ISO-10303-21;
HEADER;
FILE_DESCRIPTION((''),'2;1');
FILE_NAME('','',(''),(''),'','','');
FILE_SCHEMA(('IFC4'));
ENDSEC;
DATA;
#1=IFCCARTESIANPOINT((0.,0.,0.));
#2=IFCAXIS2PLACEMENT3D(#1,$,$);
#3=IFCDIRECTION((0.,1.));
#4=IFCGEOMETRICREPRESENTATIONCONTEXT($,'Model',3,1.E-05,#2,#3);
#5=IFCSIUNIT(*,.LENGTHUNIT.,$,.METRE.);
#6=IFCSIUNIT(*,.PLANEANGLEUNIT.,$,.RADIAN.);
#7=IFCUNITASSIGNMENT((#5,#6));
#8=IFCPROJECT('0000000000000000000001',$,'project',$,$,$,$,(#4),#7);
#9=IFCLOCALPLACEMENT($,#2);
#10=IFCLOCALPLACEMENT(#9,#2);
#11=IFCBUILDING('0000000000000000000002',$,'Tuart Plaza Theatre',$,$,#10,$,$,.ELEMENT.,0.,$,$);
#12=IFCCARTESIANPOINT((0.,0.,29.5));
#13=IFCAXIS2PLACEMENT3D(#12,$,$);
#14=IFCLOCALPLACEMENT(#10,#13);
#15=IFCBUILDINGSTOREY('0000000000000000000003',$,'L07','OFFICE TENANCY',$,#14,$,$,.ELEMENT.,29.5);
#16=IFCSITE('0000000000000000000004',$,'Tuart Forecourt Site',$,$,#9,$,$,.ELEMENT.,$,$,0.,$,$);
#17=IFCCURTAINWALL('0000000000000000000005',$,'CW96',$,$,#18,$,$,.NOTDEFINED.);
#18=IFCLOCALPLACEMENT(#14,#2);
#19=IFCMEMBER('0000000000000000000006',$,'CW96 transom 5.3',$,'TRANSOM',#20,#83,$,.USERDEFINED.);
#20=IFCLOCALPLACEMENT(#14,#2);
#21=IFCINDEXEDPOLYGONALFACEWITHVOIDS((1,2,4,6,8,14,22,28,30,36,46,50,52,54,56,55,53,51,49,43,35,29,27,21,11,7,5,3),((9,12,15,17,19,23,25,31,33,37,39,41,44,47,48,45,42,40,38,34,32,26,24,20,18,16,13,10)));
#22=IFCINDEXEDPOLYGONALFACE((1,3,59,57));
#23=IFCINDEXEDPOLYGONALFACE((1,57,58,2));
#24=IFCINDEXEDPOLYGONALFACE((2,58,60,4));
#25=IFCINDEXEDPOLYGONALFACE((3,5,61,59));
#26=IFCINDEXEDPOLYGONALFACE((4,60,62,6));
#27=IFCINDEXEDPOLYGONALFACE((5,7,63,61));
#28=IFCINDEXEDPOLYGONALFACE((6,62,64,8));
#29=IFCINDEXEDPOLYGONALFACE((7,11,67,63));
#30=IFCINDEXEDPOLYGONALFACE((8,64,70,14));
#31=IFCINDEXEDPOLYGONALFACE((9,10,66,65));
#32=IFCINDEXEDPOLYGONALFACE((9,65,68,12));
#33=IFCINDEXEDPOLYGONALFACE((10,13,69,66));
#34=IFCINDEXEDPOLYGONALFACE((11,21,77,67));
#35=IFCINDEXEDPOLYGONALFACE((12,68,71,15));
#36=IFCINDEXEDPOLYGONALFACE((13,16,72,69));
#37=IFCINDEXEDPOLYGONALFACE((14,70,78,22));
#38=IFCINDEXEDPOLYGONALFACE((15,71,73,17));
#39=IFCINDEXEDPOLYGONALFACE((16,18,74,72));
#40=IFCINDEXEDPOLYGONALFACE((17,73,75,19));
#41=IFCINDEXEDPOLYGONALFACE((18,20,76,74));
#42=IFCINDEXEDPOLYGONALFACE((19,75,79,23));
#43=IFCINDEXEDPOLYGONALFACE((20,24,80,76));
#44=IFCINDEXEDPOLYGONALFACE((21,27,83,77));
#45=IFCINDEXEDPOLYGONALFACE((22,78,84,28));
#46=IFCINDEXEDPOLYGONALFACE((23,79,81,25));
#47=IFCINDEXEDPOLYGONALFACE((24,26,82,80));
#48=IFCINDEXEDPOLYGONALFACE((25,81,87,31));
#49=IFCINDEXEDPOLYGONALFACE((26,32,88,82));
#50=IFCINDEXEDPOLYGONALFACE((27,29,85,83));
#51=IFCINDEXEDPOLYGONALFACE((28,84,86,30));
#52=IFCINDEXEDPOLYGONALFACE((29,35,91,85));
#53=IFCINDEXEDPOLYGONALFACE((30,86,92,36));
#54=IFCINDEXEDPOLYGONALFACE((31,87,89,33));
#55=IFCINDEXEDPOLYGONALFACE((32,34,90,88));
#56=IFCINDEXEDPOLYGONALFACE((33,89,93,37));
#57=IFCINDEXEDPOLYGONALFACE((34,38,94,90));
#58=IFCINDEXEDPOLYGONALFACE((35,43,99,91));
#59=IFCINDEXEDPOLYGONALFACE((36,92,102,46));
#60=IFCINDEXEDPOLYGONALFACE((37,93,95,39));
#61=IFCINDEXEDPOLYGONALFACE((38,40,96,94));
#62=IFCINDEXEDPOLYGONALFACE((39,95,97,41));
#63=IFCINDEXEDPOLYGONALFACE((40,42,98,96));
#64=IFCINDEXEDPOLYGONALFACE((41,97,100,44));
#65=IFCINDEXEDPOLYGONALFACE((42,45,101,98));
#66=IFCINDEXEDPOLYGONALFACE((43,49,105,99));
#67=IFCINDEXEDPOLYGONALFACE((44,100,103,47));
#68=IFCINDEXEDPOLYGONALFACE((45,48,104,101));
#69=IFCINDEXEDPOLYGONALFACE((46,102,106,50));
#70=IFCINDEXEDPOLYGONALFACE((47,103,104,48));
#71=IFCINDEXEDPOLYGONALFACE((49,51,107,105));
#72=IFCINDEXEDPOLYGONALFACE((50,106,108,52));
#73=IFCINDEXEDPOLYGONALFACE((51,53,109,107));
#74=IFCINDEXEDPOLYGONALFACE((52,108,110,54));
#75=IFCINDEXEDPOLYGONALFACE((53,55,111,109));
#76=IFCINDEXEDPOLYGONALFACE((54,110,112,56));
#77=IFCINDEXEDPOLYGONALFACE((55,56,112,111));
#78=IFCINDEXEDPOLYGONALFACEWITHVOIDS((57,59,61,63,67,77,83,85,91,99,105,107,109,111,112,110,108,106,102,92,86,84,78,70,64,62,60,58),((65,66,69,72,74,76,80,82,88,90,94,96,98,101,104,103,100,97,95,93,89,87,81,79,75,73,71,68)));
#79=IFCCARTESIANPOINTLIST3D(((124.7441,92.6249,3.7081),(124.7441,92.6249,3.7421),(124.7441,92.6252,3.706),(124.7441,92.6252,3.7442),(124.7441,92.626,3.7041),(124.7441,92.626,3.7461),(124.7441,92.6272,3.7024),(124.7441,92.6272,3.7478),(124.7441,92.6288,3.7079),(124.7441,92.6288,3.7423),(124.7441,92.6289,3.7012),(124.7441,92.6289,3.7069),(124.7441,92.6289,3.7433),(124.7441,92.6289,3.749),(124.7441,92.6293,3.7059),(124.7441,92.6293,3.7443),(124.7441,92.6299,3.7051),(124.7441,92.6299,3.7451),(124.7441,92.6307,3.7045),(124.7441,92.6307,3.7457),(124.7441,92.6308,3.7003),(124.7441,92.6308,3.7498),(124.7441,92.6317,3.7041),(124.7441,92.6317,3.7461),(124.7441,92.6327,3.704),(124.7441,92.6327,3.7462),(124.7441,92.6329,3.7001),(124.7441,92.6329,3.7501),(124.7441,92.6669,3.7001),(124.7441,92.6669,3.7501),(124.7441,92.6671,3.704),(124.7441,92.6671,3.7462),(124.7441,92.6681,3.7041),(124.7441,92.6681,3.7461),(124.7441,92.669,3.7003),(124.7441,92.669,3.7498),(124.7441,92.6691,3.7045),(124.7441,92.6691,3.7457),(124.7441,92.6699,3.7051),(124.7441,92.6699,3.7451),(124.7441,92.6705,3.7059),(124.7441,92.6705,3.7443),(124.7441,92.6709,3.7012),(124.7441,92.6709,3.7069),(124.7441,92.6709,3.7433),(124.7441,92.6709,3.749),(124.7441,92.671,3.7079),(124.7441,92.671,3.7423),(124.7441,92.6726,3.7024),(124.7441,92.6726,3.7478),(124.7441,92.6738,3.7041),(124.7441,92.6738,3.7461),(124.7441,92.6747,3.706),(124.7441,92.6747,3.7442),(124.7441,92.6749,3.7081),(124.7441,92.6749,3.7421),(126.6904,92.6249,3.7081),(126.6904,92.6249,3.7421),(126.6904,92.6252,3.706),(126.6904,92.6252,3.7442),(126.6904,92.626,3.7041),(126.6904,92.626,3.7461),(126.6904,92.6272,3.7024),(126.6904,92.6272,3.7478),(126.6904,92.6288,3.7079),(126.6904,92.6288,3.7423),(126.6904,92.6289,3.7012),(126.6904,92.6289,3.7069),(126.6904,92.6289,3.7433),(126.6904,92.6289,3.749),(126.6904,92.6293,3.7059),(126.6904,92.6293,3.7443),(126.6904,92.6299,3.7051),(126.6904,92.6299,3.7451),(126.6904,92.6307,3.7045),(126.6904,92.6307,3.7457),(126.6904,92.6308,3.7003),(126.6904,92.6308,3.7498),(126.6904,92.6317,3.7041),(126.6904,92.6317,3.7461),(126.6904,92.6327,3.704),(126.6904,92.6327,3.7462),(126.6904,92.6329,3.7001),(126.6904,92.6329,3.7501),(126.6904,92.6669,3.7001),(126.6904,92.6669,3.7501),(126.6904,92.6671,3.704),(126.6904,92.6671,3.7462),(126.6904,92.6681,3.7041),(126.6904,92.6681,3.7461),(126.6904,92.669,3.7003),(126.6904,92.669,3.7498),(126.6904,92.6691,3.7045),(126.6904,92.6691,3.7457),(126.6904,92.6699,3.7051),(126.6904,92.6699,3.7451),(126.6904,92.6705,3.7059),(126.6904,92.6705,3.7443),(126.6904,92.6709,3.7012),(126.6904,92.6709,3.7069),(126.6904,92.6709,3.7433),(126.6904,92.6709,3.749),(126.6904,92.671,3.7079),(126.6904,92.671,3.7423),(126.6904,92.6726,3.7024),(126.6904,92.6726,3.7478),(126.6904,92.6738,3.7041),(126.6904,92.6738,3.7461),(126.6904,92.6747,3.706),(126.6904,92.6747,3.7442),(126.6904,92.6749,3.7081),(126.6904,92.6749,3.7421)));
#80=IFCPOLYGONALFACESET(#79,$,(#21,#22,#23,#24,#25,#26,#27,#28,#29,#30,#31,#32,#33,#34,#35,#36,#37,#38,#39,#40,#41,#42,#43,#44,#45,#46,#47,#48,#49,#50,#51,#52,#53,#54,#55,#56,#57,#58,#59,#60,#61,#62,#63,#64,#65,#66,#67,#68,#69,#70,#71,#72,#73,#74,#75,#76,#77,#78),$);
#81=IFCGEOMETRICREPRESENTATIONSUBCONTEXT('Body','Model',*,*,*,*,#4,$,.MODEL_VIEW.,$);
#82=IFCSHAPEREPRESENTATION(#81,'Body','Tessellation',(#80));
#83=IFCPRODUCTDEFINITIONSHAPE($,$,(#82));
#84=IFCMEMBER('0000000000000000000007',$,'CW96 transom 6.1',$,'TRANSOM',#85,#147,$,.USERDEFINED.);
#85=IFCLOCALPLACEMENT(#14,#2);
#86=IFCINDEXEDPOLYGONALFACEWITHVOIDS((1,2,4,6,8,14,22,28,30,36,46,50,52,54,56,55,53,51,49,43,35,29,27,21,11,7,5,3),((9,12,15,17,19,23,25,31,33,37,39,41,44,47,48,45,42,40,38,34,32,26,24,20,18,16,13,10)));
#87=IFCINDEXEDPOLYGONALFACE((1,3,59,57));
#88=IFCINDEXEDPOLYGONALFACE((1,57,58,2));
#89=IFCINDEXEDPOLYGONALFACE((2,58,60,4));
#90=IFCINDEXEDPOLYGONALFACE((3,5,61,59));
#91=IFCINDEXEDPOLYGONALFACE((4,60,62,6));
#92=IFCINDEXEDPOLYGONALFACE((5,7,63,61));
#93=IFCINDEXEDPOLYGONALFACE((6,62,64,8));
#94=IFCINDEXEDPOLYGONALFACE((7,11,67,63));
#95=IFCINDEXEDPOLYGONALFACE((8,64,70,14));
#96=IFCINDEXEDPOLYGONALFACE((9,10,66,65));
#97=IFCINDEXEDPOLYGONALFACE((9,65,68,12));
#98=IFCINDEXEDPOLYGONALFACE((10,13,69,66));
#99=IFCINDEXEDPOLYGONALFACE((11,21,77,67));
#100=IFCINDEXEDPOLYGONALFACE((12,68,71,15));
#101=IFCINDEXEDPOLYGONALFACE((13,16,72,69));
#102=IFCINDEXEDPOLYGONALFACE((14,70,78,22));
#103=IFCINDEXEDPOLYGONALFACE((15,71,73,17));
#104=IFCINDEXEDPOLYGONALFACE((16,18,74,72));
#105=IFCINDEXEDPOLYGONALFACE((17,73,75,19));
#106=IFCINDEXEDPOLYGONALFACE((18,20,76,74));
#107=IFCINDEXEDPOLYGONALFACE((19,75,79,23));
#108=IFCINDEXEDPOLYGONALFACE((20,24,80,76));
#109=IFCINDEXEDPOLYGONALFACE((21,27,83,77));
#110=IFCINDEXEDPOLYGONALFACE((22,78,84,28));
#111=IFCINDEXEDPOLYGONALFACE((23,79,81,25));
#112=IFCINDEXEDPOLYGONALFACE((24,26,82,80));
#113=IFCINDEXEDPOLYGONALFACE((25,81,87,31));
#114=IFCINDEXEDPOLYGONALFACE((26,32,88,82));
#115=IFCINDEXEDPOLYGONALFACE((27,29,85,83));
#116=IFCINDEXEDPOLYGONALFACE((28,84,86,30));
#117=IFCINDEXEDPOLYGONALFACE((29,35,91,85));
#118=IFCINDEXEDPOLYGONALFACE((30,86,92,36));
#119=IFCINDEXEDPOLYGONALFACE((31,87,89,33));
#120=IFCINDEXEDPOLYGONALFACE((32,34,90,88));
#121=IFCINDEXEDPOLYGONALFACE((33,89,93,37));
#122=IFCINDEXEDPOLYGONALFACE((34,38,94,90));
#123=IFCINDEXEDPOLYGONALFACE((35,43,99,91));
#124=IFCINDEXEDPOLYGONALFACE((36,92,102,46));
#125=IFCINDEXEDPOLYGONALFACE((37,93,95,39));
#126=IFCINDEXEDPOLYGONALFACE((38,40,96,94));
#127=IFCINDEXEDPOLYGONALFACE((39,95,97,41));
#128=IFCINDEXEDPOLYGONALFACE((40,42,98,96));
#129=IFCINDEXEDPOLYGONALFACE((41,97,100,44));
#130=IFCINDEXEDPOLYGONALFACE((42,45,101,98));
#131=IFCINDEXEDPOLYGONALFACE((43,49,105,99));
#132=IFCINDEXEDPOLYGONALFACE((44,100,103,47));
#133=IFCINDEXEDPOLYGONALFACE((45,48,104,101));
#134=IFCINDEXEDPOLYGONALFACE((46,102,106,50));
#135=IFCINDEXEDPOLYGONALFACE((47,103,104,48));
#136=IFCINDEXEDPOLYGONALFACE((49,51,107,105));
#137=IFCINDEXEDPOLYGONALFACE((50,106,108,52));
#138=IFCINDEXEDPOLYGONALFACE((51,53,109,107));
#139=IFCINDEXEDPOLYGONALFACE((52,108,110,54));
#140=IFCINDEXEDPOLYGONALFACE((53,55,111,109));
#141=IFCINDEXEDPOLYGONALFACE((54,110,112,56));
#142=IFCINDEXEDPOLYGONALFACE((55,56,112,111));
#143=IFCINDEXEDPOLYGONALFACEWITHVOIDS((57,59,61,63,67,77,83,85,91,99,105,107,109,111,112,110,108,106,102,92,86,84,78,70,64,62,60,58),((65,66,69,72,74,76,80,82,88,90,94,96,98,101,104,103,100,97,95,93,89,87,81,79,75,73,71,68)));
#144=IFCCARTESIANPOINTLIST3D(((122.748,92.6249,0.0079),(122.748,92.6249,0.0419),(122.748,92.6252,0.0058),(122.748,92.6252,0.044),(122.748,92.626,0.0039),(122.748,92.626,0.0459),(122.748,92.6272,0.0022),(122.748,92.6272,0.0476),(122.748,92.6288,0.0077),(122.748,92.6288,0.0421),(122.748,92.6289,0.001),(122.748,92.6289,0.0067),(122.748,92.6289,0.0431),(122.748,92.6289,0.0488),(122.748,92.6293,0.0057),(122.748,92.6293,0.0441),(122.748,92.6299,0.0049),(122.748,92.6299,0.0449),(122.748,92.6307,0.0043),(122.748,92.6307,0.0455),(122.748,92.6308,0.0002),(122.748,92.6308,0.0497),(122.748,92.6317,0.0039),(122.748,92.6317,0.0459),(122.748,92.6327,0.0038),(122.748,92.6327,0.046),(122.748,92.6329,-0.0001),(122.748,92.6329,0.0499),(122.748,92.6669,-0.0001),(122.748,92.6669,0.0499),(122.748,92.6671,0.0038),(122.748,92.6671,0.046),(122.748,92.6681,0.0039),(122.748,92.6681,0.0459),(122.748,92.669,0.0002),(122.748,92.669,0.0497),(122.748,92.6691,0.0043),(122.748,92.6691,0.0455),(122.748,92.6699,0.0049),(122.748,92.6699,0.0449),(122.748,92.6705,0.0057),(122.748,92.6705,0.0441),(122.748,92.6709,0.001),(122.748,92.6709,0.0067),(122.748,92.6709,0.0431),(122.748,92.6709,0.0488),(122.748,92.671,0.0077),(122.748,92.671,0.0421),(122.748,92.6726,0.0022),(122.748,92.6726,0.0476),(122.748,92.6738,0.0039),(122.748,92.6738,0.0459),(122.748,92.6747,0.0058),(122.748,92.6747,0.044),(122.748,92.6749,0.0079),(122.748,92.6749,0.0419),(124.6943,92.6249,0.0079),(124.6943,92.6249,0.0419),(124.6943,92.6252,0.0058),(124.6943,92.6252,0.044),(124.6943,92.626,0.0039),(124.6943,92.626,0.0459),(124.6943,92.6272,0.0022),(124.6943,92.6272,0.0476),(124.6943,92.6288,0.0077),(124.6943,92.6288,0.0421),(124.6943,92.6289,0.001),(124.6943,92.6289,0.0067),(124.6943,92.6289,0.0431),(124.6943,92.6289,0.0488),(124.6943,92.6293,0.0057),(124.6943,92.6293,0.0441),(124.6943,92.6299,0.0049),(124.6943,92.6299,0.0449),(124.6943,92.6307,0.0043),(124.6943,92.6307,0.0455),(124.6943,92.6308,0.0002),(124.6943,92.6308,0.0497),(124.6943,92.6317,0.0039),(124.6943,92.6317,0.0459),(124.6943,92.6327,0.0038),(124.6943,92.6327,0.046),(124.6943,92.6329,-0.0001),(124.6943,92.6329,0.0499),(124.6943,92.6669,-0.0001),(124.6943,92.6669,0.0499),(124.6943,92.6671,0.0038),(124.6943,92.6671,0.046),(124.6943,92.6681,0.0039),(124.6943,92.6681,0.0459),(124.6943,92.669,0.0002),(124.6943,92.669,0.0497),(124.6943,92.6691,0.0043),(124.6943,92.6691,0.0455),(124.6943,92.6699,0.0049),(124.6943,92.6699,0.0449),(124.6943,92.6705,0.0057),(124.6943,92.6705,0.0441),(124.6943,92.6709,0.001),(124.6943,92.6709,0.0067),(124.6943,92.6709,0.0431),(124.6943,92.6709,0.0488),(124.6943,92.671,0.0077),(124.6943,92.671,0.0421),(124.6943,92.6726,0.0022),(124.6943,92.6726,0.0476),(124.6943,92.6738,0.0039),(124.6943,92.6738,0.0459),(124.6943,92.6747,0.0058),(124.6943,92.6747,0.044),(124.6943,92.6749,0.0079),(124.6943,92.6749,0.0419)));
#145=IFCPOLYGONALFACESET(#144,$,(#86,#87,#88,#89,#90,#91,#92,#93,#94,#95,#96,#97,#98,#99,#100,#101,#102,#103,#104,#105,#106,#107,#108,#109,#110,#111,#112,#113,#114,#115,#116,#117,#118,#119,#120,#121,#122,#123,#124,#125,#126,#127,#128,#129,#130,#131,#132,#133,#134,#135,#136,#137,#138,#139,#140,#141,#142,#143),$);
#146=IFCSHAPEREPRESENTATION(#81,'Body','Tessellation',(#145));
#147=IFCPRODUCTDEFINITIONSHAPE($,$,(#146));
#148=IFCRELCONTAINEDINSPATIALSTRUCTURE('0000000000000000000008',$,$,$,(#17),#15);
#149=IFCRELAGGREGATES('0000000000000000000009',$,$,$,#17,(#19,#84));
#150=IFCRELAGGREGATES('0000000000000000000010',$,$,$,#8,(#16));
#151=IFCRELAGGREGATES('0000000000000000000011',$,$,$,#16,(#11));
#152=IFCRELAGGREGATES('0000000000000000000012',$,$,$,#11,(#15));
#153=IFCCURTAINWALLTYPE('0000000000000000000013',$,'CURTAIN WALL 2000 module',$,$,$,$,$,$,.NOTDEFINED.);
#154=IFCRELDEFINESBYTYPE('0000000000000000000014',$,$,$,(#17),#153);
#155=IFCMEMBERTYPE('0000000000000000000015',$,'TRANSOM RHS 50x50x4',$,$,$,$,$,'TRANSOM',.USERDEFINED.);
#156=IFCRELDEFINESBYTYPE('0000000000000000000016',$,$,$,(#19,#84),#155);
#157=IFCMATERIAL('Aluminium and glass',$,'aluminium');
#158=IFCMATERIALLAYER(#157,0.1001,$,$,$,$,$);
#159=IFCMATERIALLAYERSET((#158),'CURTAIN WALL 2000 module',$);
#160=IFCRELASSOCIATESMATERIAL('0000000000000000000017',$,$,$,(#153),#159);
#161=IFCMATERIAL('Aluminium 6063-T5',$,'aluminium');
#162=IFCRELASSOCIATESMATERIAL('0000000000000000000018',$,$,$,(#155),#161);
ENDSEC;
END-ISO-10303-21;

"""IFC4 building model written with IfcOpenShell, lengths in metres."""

from ifc_helpers import new_model, si_unit, direction, frame, origin, origin_2d, place, context, subcontext, project, spatial, hollow_rectangle, extrude, material, layer, layer_set, material_profile, profile_set, type_object, element, aggregate, save


model = new_model("IFC4")

# Units and contexts
model_context = context("Model", 3, precision=1e-05, world=origin(), true_north=direction((0.0, 1.0)))
body_context = subcontext(model_context, "Body", "Model", "MODEL_VIEW")
ifc_project = project(units=[si_unit("LENGTHUNIT", "METRE"), si_unit("PLANEANGLEUNIT", "RADIAN")], contexts=[model_context])

# Site, building, storey
site_placement = place(None, origin())
site = spatial("IfcSite", under=ifc_project, at=site_placement, Name="Tuart Forecourt Site", CompositionType="ELEMENT", RefElevation=0.0)
building_placement = place(site_placement, origin())
building = spatial("IfcBuilding", under=site, at=building_placement, Name="Tuart Plaza Theatre", CompositionType="ELEMENT", ElevationOfRefHeight=0.0)
storey_placement = place(building_placement, frame((0.0, 0.0, 29.5)))
storey = spatial("IfcBuildingStorey", under=building, at=storey_placement, Name="L07", Description="OFFICE TENANCY", CompositionType="ELEMENT", Elevation=29.5)

# Curtain wall, members
ifc_material_1 = material(Name="Aluminium and glass", Category="aluminium")
ifc_layer_1 = layer(ifc_material_1, 0.1001)
ifc_layer_set_1 = layer_set([ifc_layer_1], Name="CURTAIN WALL 2000 module")
curtain_wall_type = type_object("IfcCurtainWallType", Name="CURTAIN WALL 2000 module", PredefinedType="NOTDEFINED", material=ifc_layer_set_1)
curtain_wall_placement = place(storey_placement, origin())
curtain_wall = element("IfcCurtainWall", 1, at=curtain_wall_placement, inside=storey, type_object=curtain_wall_type, Name="CW96", PredefinedType="NOTDEFINED")
ifc_material_2 = material(Name="Aluminium 6063-T5", Category="aluminium")
ifc_material_profile_1 = material_profile(ifc_material_2, hollow_rectangle(XDim=0.05, YDim=0.05, WallThickness=0.0039, InnerFilletRadius=0.0039, OuterFilletRadius=0.0081, at=origin_2d()), Name="RHS 50x50x4")
ifc_profile_set_1 = profile_set([ifc_material_profile_1], Name="Aluminium 6063-T5")
member_type_1 = type_object("IfcMemberType", Name="TRANSOM RHS 50x50x4", ElementType="TRANSOM", PredefinedType="USERDEFINED", material=ifc_profile_set_1)
member_1_placement = place(storey_placement, frame((126.6904, 92.6499, 3.7251), z_axis=(-1.0, 0.0, 0.0), x_axis=(0.0, -1.0, 0.0)))
member_1 = element("IfcMember", 2, at=member_1_placement, type_object=member_type_1, Name="CW96 transom 5.3", ObjectType="TRANSOM", PredefinedType="USERDEFINED", context=body_context, shape_type="SweptSolid", body=[
    extrude(hollow_rectangle(XDim=0.05, YDim=0.05, WallThickness=0.0039, InnerFilletRadius=0.0039, OuterFilletRadius=0.0081, at=origin_2d()), origin(), (0.0, 0.0, 1.0), 1.9463),
])
member_2_placement = place(storey_placement, frame((124.6943, 92.6499, 0.0249), z_axis=(-1.0, 0.0, 0.0), x_axis=(0.0, -1.0, 0.0)))
member_2 = element("IfcMember", 3, at=member_2_placement, type_object=member_type_1, Name="CW96 transom 6.1", ObjectType="TRANSOM", PredefinedType="USERDEFINED", context=body_context, shape_type="SweptSolid", body=[
    extrude(hollow_rectangle(XDim=0.05, YDim=0.05, WallThickness=0.0039, InnerFilletRadius=0.0039, OuterFilletRadius=0.0081, at=origin_2d()), origin(), (0.0, 0.0, 1.0), 1.9463),
])
aggregate(curtain_wall, [member_1, member_2])

save(model, "model.ifc")
